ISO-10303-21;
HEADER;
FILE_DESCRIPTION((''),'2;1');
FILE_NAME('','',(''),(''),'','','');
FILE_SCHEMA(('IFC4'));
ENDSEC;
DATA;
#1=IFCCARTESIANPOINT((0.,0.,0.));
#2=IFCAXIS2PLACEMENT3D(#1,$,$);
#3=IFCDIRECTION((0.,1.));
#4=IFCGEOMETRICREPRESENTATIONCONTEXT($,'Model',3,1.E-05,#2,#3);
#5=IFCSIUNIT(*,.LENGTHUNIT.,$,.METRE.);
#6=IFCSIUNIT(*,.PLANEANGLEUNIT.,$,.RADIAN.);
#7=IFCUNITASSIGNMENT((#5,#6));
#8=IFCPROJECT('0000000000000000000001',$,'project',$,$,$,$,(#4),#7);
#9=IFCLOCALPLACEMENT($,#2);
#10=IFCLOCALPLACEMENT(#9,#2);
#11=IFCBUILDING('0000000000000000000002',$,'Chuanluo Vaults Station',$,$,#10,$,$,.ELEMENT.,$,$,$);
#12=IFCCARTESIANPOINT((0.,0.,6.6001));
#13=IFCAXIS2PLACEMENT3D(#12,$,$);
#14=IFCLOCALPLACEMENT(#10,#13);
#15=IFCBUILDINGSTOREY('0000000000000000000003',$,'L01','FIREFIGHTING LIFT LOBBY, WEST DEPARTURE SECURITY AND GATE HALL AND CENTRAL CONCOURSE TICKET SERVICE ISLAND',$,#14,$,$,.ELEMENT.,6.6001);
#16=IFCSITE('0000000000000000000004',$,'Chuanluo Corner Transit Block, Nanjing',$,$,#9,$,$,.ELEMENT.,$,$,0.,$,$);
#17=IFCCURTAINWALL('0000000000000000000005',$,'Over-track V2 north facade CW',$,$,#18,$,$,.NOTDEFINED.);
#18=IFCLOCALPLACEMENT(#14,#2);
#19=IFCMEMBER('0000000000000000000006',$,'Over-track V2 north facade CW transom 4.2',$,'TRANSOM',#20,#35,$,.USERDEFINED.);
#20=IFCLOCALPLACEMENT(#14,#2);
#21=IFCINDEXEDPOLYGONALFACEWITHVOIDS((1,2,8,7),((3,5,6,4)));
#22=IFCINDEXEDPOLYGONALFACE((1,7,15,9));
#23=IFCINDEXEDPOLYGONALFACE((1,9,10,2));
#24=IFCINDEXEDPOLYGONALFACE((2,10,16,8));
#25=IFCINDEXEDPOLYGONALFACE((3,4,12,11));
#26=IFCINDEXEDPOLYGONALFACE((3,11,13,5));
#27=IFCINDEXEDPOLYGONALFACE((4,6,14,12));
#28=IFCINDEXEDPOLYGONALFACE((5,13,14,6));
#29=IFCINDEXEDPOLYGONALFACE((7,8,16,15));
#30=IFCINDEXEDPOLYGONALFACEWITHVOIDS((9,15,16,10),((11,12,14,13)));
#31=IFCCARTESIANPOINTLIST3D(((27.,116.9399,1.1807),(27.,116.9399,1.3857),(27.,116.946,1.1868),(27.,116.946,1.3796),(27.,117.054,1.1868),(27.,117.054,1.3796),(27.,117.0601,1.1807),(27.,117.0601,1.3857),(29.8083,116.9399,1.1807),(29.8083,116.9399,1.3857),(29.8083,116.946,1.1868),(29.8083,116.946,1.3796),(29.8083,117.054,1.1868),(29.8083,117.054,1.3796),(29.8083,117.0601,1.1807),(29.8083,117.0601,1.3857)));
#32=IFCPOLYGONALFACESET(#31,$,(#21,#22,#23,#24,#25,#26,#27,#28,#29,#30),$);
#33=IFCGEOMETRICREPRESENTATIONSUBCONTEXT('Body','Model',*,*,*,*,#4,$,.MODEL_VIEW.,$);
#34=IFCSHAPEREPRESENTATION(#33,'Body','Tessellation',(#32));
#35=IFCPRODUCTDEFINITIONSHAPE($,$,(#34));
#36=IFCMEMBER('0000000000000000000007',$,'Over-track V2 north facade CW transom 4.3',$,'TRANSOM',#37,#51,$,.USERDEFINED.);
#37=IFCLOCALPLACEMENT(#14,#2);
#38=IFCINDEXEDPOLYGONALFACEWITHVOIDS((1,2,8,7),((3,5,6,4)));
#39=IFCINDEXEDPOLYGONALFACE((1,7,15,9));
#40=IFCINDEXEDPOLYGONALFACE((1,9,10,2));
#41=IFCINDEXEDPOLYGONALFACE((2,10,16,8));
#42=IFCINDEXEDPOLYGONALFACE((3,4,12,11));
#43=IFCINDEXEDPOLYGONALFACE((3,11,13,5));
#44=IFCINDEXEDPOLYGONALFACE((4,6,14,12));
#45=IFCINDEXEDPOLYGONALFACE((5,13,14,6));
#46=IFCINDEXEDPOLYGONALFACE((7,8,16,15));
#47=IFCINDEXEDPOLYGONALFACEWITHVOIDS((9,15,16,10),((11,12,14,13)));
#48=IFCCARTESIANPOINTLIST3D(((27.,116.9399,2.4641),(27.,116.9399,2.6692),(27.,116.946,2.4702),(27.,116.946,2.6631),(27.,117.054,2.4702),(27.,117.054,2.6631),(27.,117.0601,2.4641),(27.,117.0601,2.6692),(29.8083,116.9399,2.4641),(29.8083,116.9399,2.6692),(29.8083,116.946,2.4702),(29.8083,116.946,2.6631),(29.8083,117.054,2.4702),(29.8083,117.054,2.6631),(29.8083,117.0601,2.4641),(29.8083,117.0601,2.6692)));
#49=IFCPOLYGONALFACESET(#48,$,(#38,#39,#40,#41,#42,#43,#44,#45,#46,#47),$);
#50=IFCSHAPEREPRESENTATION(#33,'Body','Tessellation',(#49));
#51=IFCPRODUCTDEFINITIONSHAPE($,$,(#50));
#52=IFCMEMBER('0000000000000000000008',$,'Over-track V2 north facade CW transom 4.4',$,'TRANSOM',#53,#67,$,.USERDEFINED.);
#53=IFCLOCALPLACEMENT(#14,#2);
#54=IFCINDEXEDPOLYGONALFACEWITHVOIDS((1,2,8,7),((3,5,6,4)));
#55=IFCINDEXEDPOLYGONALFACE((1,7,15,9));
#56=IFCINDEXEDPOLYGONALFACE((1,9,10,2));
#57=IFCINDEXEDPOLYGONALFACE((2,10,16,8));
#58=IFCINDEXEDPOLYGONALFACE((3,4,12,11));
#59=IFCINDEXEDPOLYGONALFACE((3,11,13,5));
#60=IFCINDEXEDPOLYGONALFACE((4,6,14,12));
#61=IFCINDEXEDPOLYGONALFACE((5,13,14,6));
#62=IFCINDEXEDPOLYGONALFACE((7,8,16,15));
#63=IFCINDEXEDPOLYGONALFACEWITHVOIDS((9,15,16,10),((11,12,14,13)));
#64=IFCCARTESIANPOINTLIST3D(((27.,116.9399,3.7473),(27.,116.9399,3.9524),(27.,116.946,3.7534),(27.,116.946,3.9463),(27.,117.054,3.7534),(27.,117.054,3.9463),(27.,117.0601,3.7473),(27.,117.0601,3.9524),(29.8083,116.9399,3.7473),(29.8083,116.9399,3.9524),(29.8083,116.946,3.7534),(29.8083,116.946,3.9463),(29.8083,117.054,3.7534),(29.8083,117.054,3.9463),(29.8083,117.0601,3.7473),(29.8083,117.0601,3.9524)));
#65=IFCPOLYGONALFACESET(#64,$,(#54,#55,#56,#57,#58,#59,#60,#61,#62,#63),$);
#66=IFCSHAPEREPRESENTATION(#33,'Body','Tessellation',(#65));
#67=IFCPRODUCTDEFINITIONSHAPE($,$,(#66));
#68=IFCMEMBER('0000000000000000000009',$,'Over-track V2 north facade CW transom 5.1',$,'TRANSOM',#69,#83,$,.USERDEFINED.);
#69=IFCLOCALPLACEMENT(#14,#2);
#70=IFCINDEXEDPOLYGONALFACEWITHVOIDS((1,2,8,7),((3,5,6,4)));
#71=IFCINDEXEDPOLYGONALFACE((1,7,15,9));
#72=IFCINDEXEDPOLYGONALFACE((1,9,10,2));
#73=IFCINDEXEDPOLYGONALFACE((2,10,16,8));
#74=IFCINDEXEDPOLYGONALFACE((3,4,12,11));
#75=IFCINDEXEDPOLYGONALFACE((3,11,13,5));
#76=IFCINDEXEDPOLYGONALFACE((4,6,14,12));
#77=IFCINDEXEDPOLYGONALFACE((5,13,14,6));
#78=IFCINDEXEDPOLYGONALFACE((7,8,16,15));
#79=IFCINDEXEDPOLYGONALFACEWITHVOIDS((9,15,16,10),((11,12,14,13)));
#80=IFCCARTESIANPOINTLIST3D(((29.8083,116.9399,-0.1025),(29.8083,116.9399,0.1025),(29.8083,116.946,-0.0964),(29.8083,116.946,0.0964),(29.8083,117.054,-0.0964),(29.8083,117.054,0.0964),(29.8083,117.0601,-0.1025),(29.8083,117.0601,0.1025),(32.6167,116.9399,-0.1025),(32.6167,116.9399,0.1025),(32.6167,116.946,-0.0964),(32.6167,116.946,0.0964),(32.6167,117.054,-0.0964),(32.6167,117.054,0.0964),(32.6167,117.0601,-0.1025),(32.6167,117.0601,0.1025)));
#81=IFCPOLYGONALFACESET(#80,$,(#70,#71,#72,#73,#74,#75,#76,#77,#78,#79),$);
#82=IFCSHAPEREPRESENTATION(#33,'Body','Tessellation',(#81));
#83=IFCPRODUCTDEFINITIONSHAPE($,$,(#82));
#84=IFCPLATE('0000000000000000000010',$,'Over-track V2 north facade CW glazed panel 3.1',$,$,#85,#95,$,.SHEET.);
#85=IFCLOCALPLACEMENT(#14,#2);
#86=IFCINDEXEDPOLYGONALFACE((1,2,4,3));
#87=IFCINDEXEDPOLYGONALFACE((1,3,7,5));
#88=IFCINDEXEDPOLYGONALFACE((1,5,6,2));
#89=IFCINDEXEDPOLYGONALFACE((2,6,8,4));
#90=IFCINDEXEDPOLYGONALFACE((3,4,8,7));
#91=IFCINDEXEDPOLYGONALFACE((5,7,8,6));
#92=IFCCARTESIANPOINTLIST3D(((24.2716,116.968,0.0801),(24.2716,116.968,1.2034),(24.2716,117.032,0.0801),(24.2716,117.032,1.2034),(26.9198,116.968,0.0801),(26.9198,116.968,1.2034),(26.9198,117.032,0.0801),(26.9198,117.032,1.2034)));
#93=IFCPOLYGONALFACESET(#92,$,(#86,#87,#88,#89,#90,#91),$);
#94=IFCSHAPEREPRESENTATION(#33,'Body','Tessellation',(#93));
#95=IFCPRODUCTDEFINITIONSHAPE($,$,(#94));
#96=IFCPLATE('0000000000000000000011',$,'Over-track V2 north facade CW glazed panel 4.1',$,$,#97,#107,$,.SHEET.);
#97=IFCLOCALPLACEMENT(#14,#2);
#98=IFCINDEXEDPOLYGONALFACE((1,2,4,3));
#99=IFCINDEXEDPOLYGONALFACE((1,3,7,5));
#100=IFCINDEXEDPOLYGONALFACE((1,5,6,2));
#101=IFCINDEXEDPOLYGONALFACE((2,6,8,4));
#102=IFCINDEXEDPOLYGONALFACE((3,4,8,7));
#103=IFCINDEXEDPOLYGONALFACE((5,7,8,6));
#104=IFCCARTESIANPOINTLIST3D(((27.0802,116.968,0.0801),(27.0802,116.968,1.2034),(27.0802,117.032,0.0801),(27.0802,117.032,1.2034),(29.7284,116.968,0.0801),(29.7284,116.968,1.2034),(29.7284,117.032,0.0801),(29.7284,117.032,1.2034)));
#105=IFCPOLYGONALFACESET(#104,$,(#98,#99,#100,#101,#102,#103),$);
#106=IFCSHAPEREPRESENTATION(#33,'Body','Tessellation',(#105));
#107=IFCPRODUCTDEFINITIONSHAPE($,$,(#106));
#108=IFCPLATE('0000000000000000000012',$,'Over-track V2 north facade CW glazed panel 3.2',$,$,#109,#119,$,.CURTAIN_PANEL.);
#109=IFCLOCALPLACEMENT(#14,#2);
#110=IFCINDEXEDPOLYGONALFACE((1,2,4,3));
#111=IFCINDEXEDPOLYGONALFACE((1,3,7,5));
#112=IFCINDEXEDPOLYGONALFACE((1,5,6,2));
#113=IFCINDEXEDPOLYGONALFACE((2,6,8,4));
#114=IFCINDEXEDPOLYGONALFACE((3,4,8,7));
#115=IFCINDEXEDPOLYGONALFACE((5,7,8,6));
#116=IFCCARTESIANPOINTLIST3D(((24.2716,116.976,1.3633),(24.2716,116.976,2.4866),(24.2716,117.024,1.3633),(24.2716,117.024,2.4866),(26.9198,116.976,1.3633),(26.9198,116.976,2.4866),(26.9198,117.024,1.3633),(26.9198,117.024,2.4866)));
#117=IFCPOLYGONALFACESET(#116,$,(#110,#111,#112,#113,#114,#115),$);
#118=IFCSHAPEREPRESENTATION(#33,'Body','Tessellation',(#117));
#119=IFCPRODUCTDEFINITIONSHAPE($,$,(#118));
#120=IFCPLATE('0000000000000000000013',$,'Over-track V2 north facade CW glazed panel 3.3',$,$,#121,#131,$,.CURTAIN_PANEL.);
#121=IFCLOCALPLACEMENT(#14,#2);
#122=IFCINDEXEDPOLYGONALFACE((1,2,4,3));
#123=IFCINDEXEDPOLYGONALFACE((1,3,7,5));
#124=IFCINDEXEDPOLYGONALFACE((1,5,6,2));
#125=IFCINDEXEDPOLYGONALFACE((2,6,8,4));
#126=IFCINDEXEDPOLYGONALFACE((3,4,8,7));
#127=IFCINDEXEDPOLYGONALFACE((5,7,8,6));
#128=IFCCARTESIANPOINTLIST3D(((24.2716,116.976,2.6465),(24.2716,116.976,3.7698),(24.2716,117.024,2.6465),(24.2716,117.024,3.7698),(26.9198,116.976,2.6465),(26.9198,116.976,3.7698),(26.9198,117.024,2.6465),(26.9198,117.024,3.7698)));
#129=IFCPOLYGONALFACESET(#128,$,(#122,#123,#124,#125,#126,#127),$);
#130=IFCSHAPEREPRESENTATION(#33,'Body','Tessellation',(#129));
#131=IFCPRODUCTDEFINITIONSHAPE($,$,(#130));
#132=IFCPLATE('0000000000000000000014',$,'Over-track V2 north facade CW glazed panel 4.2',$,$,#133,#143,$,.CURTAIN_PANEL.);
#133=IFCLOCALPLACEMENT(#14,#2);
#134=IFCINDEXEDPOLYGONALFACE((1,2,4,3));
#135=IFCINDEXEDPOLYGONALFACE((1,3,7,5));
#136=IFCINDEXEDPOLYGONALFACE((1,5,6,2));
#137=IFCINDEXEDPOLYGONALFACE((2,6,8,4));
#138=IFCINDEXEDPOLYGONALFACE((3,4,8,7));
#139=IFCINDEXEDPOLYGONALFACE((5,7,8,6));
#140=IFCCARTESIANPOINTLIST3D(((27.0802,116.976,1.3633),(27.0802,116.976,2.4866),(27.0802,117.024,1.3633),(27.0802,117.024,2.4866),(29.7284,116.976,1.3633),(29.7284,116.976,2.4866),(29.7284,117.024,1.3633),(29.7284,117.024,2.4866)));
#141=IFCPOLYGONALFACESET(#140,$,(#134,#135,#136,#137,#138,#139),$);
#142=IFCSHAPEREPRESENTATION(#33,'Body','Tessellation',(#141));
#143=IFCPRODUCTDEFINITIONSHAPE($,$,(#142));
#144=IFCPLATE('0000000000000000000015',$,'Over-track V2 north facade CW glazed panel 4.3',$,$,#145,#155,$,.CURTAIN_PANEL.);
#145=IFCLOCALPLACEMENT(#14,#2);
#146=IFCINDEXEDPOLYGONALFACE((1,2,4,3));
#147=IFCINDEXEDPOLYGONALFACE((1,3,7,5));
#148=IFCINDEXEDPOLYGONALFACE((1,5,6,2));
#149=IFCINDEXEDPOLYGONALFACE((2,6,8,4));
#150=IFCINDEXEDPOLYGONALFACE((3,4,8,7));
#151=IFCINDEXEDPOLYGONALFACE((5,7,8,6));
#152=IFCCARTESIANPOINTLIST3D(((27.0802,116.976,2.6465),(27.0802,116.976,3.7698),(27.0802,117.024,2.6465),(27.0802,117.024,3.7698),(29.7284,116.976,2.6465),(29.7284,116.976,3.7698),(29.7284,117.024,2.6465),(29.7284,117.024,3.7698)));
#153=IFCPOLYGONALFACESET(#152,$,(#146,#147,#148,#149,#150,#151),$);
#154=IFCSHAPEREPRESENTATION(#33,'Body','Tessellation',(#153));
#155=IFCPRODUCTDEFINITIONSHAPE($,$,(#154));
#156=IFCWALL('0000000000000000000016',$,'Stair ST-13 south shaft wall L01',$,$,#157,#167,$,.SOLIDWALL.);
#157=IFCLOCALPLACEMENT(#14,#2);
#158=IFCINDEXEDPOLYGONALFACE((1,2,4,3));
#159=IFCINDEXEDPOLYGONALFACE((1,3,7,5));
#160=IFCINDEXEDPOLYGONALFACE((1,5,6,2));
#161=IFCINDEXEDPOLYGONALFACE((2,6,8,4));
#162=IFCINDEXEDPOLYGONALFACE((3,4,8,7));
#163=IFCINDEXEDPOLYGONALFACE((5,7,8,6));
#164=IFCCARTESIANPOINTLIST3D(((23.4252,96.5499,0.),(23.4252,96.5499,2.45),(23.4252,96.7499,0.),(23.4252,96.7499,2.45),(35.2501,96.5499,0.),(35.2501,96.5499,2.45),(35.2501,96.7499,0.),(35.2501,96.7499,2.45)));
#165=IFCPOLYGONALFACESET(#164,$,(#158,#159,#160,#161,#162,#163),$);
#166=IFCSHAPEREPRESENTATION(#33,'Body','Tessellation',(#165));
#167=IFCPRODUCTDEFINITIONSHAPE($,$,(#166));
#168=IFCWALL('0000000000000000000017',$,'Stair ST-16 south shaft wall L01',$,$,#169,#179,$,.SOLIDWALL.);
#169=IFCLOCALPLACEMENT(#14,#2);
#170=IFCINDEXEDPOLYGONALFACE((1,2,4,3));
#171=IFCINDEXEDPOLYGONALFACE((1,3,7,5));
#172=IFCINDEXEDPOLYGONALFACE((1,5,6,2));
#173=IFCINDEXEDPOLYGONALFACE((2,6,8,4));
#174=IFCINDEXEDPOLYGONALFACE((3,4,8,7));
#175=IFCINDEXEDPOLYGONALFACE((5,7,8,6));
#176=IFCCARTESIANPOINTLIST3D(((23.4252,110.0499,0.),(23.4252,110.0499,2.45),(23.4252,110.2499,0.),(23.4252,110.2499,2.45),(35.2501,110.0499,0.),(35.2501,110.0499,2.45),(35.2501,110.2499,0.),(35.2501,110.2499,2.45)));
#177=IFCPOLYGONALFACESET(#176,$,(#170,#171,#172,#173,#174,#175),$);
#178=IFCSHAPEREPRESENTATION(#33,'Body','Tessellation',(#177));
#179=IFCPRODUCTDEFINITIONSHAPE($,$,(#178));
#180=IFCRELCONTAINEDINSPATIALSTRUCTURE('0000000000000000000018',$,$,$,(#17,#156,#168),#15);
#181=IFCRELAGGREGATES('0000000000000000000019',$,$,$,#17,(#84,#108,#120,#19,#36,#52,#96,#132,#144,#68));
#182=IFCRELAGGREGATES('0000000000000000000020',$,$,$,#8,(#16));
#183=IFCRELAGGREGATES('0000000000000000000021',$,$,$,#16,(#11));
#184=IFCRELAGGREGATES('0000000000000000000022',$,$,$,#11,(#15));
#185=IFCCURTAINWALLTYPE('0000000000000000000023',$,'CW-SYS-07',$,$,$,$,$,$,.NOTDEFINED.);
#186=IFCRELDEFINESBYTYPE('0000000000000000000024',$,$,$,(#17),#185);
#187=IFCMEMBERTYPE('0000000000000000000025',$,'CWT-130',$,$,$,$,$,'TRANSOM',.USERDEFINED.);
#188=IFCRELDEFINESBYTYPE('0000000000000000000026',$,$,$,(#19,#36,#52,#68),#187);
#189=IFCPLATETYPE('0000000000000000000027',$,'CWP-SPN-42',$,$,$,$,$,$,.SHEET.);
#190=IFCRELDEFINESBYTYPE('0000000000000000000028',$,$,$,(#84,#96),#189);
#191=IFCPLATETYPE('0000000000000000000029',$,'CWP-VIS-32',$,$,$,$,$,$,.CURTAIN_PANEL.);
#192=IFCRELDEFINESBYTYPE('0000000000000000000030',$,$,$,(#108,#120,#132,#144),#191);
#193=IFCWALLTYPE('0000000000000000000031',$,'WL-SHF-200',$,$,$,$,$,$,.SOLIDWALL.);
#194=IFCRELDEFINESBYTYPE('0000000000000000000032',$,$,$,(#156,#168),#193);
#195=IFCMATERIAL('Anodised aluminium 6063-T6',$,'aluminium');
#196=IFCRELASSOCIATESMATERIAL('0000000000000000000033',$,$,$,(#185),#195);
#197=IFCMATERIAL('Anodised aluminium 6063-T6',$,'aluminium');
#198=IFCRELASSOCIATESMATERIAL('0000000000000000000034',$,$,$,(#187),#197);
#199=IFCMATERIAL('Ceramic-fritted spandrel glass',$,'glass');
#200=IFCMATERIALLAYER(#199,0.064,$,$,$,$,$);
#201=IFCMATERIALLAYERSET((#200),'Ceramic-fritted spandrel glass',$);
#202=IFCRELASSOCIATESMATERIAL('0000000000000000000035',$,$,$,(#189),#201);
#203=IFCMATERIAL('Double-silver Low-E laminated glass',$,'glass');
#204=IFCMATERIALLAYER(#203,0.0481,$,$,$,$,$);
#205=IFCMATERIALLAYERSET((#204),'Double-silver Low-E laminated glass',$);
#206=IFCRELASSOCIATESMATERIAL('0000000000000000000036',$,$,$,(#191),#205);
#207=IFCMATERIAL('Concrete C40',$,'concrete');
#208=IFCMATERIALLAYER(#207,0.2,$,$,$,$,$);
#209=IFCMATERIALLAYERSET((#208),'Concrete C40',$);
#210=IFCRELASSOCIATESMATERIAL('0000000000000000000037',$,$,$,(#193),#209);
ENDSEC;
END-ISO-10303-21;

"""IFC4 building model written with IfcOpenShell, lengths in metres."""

from ifc_helpers import new_model, si_unit, direction, frame, frame_2d, origin, origin_2d, place, context, subcontext, project, spatial, rectangle, hollow_rectangle, extrude, material, layer, layer_set, material_profile, profile_set, type_object, element, aggregate, save


model = new_model("IFC4")

# Units and contexts
model_context = context("Model", 3, precision=1e-05, world=origin(), true_north=direction((0.0, 1.0)))
body_context = subcontext(model_context, "Body", "Model", "MODEL_VIEW")
ifc_project = project(units=[si_unit("LENGTHUNIT", "METRE"), si_unit("PLANEANGLEUNIT", "RADIAN")], contexts=[model_context])

# Site, building, storey
site_placement = place(None, origin())
site = spatial("IfcSite", under=ifc_project, at=site_placement, Name="Chuanluo Corner Transit Block, Nanjing", CompositionType="ELEMENT", RefElevation=0.0)
building_placement = place(site_placement, origin())
building = spatial("IfcBuilding", under=site, at=building_placement, Name="Chuanluo Vaults Station", CompositionType="ELEMENT")
storey_placement = place(building_placement, frame((0.0, 0.0, 6.6001)))
storey = spatial("IfcBuildingStorey", under=building, at=storey_placement, Name="L01", Description="FIREFIGHTING LIFT LOBBY, WEST DEPARTURE SECURITY AND GATE HALL AND CENTRAL CONCOURSE TICKET SERVICE ISLAND", CompositionType="ELEMENT", Elevation=6.6001)

# Curtain wall, members, plates
ifc_material_1 = material(Name="Anodised aluminium 6063-T6", Category="aluminium")
curtain_wall_type = type_object("IfcCurtainWallType", Name="CW-SYS-07", PredefinedType="NOTDEFINED", material=ifc_material_1)
curtain_wall_placement = place(storey_placement, origin())
curtain_wall = element("IfcCurtainWall", 1, at=curtain_wall_placement, inside=storey, type_object=curtain_wall_type, Name="Over-track V2 north facade CW", PredefinedType="NOTDEFINED")
ifc_material_2 = material(Name="Anodised aluminium 6063-T6", Category="aluminium")
ifc_material_profile_1 = material_profile(ifc_material_2, hollow_rectangle(XDim=0.1201, YDim=0.2051, WallThickness=0.0061, at=origin_2d()))
ifc_profile_set_1 = profile_set([ifc_material_profile_1], Name="Anodised aluminium 6063-T6")
member_type_1 = type_object("IfcMemberType", Name="CWT-130", ElementType="TRANSOM", PredefinedType="USERDEFINED", material=ifc_profile_set_1)
member_1_placement = place(storey_placement, frame((27.0, 117.0, 1.2832), z_axis=(1.0, 0.0, 0.0), x_axis=(0.0, 1.0, 0.0)))
member_1 = element("IfcMember", 2, at=member_1_placement, type_object=member_type_1, Name="Over-track V2 north facade CW transom 4.2", ObjectType="TRANSOM", PredefinedType="USERDEFINED", context=body_context, shape_type="SweptSolid", body=[
    extrude(hollow_rectangle(XDim=0.1201, YDim=0.2051, WallThickness=0.0061, at=origin_2d()), origin(), (0.0, 0.0, 1.0), 2.8083),
])
member_2_placement = place(storey_placement, frame((27.0, 117.0, 2.5667), z_axis=(1.0, 0.0, 0.0), x_axis=(0.0, 1.0, 0.0)))
member_2 = element("IfcMember", 3, at=member_2_placement, type_object=member_type_1, Name="Over-track V2 north facade CW transom 4.3", ObjectType="TRANSOM", PredefinedType="USERDEFINED", context=body_context, shape_type="SweptSolid", body=[
    extrude(hollow_rectangle(XDim=0.1201, YDim=0.2051, WallThickness=0.0061, at=origin_2d()), origin(), (0.0, 0.0, 1.0), 2.8083),
])
member_3_placement = place(storey_placement, frame((27.0, 117.0, 3.8499), z_axis=(1.0, 0.0, 0.0), x_axis=(0.0, 1.0, 0.0)))
member_3 = element("IfcMember", 4, at=member_3_placement, type_object=member_type_1, Name="Over-track V2 north facade CW transom 4.4", ObjectType="TRANSOM", PredefinedType="USERDEFINED", context=body_context, shape_type="SweptSolid", body=[
    extrude(hollow_rectangle(XDim=0.1201, YDim=0.2051, WallThickness=0.0061, at=origin_2d()), origin(), (0.0, 0.0, 1.0), 2.8083),
])
member_4_placement = place(storey_placement, frame((29.8083, 117.0, 0.0), z_axis=(1.0, 0.0, 0.0), x_axis=(0.0, 1.0, 0.0)))
member_4 = element("IfcMember", 5, at=member_4_placement, type_object=member_type_1, Name="Over-track V2 north facade CW transom 5.1", ObjectType="TRANSOM", PredefinedType="USERDEFINED", context=body_context, shape_type="SweptSolid", body=[
    extrude(hollow_rectangle(XDim=0.1201, YDim=0.2051, WallThickness=0.0061, at=origin_2d()), origin(), (0.0, 0.0, 1.0), 2.8083),
])
ifc_material_3 = material(Name="Ceramic-fritted spandrel glass", Category="glass")
ifc_layer_1 = layer(ifc_material_3, 0.064)
ifc_layer_set_1 = layer_set([ifc_layer_1], Name="Ceramic-fritted spandrel glass")
plate_type_1 = type_object("IfcPlateType", Name="CWP-SPN-42", PredefinedType="SHEET", material=ifc_layer_set_1)
plate_1_placement = place(storey_placement, frame((25.5957, 117.0, 0.0801), z_axis=(0.0, 0.0, 1.0), x_axis=(1.0, 0.0, 0.0)))
plate_1 = element("IfcPlate", 6, at=plate_1_placement, type_object=plate_type_1, Name="Over-track V2 north facade CW glazed panel 3.1", PredefinedType="SHEET", context=body_context, shape_type="SweptSolid", body=[
    extrude(rectangle(XDim=2.6482, YDim=0.064, at=origin_2d()), origin(), (0.0, 0.0, 1.0), 1.1233),
])
plate_2_placement = place(storey_placement, frame((28.4043, 117.0, 0.0801), z_axis=(0.0, 0.0, 1.0), x_axis=(1.0, 0.0, 0.0)))
plate_2 = element("IfcPlate", 7, at=plate_2_placement, type_object=plate_type_1, Name="Over-track V2 north facade CW glazed panel 4.1", PredefinedType="SHEET", context=body_context, shape_type="SweptSolid", body=[
    extrude(rectangle(XDim=2.6482, YDim=0.064, at=origin_2d()), origin(), (0.0, 0.0, 1.0), 1.1233),
])
ifc_material_4 = material(Name="Double-silver Low-E laminated glass", Category="glass")
ifc_layer_2 = layer(ifc_material_4, 0.0481)
ifc_layer_set_2 = layer_set([ifc_layer_2], Name="Double-silver Low-E laminated glass")
plate_type_2 = type_object("IfcPlateType", Name="CWP-VIS-32", PredefinedType="CURTAIN_PANEL", material=ifc_layer_set_2)
plate_3_placement = place(storey_placement, frame((25.5957, 117.0, 1.3633), z_axis=(0.0, 0.0, 1.0), x_axis=(1.0, 0.0, 0.0)))
plate_3 = element("IfcPlate", 8, at=plate_3_placement, type_object=plate_type_2, Name="Over-track V2 north facade CW glazed panel 3.2", PredefinedType="CURTAIN_PANEL", context=body_context, shape_type="SweptSolid", body=[
    extrude(rectangle(XDim=2.6482, YDim=0.0481, at=origin_2d()), origin(), (0.0, 0.0, 1.0), 1.1233),
])
plate_4_placement = place(storey_placement, frame((25.5957, 117.0, 2.6465), z_axis=(0.0, 0.0, 1.0), x_axis=(1.0, 0.0, 0.0)))
plate_4 = element("IfcPlate", 9, at=plate_4_placement, type_object=plate_type_2, Name="Over-track V2 north facade CW glazed panel 3.3", PredefinedType="CURTAIN_PANEL", context=body_context, shape_type="SweptSolid", body=[
    extrude(rectangle(XDim=2.6482, YDim=0.0481, at=origin_2d()), origin(), (0.0, 0.0, 1.0), 1.1233),
])
plate_5_placement = place(storey_placement, frame((28.4043, 117.0, 1.3633), z_axis=(0.0, 0.0, 1.0), x_axis=(1.0, 0.0, 0.0)))
plate_5 = element("IfcPlate", 10, at=plate_5_placement, type_object=plate_type_2, Name="Over-track V2 north facade CW glazed panel 4.2", PredefinedType="CURTAIN_PANEL", context=body_context, shape_type="SweptSolid", body=[
    extrude(rectangle(XDim=2.6482, YDim=0.0481, at=origin_2d()), origin(), (0.0, 0.0, 1.0), 1.1233),
])
plate_6_placement = place(storey_placement, frame((28.4043, 117.0, 2.6465), z_axis=(0.0, 0.0, 1.0), x_axis=(1.0, 0.0, 0.0)))
plate_6 = element("IfcPlate", 11, at=plate_6_placement, type_object=plate_type_2, Name="Over-track V2 north facade CW glazed panel 4.3", PredefinedType="CURTAIN_PANEL", context=body_context, shape_type="SweptSolid", body=[
    extrude(rectangle(XDim=2.6482, YDim=0.0481, at=origin_2d()), origin(), (0.0, 0.0, 1.0), 1.1233),
])
aggregate(curtain_wall, [plate_1, plate_3, plate_4, member_1, member_2, member_3, plate_2, plate_5, plate_6, member_4])

# Wall
ifc_material_5 = material(Name="Concrete C40", Category="concrete")
ifc_layer_3 = layer(ifc_material_5, 0.2)
ifc_layer_set_3 = layer_set([ifc_layer_3], Name="Concrete C40")
wall_type = type_object("IfcWallType", Name="WL-SHF-200", PredefinedType="SOLIDWALL", material=ifc_layer_set_3)
wall_1_placement = place(storey_placement, frame((23.425, 96.6499, 0.0), z_axis=(0.0, 0.0, 1.0), x_axis=(1.0, 0.0, 0.0)))
element("IfcWall", 12, at=wall_1_placement, inside=storey, type_object=wall_type, Name="Stair ST-13 south shaft wall L01", PredefinedType="SOLIDWALL", context=body_context, shape_type="SweptSolid", body=[
    extrude(rectangle(XDim=11.825, YDim=0.2, at=frame_2d((5.9126, 0.0))), origin(), (0.0, 0.0, 1.0), 2.45),
])

# Wall
wall_2_placement = place(storey_placement, frame((23.425, 110.1499, 0.0), z_axis=(0.0, 0.0, 1.0), x_axis=(1.0, 0.0, 0.0)))
element("IfcWall", 13, at=wall_2_placement, inside=storey, type_object=wall_type, Name="Stair ST-16 south shaft wall L01", PredefinedType="SOLIDWALL", context=body_context, shape_type="SweptSolid", body=[
    extrude(rectangle(XDim=11.825, YDim=0.2, at=frame_2d((5.9126, 0.0))), origin(), (0.0, 0.0, 1.0), 2.45),
])

save(model, "model.ifc")
